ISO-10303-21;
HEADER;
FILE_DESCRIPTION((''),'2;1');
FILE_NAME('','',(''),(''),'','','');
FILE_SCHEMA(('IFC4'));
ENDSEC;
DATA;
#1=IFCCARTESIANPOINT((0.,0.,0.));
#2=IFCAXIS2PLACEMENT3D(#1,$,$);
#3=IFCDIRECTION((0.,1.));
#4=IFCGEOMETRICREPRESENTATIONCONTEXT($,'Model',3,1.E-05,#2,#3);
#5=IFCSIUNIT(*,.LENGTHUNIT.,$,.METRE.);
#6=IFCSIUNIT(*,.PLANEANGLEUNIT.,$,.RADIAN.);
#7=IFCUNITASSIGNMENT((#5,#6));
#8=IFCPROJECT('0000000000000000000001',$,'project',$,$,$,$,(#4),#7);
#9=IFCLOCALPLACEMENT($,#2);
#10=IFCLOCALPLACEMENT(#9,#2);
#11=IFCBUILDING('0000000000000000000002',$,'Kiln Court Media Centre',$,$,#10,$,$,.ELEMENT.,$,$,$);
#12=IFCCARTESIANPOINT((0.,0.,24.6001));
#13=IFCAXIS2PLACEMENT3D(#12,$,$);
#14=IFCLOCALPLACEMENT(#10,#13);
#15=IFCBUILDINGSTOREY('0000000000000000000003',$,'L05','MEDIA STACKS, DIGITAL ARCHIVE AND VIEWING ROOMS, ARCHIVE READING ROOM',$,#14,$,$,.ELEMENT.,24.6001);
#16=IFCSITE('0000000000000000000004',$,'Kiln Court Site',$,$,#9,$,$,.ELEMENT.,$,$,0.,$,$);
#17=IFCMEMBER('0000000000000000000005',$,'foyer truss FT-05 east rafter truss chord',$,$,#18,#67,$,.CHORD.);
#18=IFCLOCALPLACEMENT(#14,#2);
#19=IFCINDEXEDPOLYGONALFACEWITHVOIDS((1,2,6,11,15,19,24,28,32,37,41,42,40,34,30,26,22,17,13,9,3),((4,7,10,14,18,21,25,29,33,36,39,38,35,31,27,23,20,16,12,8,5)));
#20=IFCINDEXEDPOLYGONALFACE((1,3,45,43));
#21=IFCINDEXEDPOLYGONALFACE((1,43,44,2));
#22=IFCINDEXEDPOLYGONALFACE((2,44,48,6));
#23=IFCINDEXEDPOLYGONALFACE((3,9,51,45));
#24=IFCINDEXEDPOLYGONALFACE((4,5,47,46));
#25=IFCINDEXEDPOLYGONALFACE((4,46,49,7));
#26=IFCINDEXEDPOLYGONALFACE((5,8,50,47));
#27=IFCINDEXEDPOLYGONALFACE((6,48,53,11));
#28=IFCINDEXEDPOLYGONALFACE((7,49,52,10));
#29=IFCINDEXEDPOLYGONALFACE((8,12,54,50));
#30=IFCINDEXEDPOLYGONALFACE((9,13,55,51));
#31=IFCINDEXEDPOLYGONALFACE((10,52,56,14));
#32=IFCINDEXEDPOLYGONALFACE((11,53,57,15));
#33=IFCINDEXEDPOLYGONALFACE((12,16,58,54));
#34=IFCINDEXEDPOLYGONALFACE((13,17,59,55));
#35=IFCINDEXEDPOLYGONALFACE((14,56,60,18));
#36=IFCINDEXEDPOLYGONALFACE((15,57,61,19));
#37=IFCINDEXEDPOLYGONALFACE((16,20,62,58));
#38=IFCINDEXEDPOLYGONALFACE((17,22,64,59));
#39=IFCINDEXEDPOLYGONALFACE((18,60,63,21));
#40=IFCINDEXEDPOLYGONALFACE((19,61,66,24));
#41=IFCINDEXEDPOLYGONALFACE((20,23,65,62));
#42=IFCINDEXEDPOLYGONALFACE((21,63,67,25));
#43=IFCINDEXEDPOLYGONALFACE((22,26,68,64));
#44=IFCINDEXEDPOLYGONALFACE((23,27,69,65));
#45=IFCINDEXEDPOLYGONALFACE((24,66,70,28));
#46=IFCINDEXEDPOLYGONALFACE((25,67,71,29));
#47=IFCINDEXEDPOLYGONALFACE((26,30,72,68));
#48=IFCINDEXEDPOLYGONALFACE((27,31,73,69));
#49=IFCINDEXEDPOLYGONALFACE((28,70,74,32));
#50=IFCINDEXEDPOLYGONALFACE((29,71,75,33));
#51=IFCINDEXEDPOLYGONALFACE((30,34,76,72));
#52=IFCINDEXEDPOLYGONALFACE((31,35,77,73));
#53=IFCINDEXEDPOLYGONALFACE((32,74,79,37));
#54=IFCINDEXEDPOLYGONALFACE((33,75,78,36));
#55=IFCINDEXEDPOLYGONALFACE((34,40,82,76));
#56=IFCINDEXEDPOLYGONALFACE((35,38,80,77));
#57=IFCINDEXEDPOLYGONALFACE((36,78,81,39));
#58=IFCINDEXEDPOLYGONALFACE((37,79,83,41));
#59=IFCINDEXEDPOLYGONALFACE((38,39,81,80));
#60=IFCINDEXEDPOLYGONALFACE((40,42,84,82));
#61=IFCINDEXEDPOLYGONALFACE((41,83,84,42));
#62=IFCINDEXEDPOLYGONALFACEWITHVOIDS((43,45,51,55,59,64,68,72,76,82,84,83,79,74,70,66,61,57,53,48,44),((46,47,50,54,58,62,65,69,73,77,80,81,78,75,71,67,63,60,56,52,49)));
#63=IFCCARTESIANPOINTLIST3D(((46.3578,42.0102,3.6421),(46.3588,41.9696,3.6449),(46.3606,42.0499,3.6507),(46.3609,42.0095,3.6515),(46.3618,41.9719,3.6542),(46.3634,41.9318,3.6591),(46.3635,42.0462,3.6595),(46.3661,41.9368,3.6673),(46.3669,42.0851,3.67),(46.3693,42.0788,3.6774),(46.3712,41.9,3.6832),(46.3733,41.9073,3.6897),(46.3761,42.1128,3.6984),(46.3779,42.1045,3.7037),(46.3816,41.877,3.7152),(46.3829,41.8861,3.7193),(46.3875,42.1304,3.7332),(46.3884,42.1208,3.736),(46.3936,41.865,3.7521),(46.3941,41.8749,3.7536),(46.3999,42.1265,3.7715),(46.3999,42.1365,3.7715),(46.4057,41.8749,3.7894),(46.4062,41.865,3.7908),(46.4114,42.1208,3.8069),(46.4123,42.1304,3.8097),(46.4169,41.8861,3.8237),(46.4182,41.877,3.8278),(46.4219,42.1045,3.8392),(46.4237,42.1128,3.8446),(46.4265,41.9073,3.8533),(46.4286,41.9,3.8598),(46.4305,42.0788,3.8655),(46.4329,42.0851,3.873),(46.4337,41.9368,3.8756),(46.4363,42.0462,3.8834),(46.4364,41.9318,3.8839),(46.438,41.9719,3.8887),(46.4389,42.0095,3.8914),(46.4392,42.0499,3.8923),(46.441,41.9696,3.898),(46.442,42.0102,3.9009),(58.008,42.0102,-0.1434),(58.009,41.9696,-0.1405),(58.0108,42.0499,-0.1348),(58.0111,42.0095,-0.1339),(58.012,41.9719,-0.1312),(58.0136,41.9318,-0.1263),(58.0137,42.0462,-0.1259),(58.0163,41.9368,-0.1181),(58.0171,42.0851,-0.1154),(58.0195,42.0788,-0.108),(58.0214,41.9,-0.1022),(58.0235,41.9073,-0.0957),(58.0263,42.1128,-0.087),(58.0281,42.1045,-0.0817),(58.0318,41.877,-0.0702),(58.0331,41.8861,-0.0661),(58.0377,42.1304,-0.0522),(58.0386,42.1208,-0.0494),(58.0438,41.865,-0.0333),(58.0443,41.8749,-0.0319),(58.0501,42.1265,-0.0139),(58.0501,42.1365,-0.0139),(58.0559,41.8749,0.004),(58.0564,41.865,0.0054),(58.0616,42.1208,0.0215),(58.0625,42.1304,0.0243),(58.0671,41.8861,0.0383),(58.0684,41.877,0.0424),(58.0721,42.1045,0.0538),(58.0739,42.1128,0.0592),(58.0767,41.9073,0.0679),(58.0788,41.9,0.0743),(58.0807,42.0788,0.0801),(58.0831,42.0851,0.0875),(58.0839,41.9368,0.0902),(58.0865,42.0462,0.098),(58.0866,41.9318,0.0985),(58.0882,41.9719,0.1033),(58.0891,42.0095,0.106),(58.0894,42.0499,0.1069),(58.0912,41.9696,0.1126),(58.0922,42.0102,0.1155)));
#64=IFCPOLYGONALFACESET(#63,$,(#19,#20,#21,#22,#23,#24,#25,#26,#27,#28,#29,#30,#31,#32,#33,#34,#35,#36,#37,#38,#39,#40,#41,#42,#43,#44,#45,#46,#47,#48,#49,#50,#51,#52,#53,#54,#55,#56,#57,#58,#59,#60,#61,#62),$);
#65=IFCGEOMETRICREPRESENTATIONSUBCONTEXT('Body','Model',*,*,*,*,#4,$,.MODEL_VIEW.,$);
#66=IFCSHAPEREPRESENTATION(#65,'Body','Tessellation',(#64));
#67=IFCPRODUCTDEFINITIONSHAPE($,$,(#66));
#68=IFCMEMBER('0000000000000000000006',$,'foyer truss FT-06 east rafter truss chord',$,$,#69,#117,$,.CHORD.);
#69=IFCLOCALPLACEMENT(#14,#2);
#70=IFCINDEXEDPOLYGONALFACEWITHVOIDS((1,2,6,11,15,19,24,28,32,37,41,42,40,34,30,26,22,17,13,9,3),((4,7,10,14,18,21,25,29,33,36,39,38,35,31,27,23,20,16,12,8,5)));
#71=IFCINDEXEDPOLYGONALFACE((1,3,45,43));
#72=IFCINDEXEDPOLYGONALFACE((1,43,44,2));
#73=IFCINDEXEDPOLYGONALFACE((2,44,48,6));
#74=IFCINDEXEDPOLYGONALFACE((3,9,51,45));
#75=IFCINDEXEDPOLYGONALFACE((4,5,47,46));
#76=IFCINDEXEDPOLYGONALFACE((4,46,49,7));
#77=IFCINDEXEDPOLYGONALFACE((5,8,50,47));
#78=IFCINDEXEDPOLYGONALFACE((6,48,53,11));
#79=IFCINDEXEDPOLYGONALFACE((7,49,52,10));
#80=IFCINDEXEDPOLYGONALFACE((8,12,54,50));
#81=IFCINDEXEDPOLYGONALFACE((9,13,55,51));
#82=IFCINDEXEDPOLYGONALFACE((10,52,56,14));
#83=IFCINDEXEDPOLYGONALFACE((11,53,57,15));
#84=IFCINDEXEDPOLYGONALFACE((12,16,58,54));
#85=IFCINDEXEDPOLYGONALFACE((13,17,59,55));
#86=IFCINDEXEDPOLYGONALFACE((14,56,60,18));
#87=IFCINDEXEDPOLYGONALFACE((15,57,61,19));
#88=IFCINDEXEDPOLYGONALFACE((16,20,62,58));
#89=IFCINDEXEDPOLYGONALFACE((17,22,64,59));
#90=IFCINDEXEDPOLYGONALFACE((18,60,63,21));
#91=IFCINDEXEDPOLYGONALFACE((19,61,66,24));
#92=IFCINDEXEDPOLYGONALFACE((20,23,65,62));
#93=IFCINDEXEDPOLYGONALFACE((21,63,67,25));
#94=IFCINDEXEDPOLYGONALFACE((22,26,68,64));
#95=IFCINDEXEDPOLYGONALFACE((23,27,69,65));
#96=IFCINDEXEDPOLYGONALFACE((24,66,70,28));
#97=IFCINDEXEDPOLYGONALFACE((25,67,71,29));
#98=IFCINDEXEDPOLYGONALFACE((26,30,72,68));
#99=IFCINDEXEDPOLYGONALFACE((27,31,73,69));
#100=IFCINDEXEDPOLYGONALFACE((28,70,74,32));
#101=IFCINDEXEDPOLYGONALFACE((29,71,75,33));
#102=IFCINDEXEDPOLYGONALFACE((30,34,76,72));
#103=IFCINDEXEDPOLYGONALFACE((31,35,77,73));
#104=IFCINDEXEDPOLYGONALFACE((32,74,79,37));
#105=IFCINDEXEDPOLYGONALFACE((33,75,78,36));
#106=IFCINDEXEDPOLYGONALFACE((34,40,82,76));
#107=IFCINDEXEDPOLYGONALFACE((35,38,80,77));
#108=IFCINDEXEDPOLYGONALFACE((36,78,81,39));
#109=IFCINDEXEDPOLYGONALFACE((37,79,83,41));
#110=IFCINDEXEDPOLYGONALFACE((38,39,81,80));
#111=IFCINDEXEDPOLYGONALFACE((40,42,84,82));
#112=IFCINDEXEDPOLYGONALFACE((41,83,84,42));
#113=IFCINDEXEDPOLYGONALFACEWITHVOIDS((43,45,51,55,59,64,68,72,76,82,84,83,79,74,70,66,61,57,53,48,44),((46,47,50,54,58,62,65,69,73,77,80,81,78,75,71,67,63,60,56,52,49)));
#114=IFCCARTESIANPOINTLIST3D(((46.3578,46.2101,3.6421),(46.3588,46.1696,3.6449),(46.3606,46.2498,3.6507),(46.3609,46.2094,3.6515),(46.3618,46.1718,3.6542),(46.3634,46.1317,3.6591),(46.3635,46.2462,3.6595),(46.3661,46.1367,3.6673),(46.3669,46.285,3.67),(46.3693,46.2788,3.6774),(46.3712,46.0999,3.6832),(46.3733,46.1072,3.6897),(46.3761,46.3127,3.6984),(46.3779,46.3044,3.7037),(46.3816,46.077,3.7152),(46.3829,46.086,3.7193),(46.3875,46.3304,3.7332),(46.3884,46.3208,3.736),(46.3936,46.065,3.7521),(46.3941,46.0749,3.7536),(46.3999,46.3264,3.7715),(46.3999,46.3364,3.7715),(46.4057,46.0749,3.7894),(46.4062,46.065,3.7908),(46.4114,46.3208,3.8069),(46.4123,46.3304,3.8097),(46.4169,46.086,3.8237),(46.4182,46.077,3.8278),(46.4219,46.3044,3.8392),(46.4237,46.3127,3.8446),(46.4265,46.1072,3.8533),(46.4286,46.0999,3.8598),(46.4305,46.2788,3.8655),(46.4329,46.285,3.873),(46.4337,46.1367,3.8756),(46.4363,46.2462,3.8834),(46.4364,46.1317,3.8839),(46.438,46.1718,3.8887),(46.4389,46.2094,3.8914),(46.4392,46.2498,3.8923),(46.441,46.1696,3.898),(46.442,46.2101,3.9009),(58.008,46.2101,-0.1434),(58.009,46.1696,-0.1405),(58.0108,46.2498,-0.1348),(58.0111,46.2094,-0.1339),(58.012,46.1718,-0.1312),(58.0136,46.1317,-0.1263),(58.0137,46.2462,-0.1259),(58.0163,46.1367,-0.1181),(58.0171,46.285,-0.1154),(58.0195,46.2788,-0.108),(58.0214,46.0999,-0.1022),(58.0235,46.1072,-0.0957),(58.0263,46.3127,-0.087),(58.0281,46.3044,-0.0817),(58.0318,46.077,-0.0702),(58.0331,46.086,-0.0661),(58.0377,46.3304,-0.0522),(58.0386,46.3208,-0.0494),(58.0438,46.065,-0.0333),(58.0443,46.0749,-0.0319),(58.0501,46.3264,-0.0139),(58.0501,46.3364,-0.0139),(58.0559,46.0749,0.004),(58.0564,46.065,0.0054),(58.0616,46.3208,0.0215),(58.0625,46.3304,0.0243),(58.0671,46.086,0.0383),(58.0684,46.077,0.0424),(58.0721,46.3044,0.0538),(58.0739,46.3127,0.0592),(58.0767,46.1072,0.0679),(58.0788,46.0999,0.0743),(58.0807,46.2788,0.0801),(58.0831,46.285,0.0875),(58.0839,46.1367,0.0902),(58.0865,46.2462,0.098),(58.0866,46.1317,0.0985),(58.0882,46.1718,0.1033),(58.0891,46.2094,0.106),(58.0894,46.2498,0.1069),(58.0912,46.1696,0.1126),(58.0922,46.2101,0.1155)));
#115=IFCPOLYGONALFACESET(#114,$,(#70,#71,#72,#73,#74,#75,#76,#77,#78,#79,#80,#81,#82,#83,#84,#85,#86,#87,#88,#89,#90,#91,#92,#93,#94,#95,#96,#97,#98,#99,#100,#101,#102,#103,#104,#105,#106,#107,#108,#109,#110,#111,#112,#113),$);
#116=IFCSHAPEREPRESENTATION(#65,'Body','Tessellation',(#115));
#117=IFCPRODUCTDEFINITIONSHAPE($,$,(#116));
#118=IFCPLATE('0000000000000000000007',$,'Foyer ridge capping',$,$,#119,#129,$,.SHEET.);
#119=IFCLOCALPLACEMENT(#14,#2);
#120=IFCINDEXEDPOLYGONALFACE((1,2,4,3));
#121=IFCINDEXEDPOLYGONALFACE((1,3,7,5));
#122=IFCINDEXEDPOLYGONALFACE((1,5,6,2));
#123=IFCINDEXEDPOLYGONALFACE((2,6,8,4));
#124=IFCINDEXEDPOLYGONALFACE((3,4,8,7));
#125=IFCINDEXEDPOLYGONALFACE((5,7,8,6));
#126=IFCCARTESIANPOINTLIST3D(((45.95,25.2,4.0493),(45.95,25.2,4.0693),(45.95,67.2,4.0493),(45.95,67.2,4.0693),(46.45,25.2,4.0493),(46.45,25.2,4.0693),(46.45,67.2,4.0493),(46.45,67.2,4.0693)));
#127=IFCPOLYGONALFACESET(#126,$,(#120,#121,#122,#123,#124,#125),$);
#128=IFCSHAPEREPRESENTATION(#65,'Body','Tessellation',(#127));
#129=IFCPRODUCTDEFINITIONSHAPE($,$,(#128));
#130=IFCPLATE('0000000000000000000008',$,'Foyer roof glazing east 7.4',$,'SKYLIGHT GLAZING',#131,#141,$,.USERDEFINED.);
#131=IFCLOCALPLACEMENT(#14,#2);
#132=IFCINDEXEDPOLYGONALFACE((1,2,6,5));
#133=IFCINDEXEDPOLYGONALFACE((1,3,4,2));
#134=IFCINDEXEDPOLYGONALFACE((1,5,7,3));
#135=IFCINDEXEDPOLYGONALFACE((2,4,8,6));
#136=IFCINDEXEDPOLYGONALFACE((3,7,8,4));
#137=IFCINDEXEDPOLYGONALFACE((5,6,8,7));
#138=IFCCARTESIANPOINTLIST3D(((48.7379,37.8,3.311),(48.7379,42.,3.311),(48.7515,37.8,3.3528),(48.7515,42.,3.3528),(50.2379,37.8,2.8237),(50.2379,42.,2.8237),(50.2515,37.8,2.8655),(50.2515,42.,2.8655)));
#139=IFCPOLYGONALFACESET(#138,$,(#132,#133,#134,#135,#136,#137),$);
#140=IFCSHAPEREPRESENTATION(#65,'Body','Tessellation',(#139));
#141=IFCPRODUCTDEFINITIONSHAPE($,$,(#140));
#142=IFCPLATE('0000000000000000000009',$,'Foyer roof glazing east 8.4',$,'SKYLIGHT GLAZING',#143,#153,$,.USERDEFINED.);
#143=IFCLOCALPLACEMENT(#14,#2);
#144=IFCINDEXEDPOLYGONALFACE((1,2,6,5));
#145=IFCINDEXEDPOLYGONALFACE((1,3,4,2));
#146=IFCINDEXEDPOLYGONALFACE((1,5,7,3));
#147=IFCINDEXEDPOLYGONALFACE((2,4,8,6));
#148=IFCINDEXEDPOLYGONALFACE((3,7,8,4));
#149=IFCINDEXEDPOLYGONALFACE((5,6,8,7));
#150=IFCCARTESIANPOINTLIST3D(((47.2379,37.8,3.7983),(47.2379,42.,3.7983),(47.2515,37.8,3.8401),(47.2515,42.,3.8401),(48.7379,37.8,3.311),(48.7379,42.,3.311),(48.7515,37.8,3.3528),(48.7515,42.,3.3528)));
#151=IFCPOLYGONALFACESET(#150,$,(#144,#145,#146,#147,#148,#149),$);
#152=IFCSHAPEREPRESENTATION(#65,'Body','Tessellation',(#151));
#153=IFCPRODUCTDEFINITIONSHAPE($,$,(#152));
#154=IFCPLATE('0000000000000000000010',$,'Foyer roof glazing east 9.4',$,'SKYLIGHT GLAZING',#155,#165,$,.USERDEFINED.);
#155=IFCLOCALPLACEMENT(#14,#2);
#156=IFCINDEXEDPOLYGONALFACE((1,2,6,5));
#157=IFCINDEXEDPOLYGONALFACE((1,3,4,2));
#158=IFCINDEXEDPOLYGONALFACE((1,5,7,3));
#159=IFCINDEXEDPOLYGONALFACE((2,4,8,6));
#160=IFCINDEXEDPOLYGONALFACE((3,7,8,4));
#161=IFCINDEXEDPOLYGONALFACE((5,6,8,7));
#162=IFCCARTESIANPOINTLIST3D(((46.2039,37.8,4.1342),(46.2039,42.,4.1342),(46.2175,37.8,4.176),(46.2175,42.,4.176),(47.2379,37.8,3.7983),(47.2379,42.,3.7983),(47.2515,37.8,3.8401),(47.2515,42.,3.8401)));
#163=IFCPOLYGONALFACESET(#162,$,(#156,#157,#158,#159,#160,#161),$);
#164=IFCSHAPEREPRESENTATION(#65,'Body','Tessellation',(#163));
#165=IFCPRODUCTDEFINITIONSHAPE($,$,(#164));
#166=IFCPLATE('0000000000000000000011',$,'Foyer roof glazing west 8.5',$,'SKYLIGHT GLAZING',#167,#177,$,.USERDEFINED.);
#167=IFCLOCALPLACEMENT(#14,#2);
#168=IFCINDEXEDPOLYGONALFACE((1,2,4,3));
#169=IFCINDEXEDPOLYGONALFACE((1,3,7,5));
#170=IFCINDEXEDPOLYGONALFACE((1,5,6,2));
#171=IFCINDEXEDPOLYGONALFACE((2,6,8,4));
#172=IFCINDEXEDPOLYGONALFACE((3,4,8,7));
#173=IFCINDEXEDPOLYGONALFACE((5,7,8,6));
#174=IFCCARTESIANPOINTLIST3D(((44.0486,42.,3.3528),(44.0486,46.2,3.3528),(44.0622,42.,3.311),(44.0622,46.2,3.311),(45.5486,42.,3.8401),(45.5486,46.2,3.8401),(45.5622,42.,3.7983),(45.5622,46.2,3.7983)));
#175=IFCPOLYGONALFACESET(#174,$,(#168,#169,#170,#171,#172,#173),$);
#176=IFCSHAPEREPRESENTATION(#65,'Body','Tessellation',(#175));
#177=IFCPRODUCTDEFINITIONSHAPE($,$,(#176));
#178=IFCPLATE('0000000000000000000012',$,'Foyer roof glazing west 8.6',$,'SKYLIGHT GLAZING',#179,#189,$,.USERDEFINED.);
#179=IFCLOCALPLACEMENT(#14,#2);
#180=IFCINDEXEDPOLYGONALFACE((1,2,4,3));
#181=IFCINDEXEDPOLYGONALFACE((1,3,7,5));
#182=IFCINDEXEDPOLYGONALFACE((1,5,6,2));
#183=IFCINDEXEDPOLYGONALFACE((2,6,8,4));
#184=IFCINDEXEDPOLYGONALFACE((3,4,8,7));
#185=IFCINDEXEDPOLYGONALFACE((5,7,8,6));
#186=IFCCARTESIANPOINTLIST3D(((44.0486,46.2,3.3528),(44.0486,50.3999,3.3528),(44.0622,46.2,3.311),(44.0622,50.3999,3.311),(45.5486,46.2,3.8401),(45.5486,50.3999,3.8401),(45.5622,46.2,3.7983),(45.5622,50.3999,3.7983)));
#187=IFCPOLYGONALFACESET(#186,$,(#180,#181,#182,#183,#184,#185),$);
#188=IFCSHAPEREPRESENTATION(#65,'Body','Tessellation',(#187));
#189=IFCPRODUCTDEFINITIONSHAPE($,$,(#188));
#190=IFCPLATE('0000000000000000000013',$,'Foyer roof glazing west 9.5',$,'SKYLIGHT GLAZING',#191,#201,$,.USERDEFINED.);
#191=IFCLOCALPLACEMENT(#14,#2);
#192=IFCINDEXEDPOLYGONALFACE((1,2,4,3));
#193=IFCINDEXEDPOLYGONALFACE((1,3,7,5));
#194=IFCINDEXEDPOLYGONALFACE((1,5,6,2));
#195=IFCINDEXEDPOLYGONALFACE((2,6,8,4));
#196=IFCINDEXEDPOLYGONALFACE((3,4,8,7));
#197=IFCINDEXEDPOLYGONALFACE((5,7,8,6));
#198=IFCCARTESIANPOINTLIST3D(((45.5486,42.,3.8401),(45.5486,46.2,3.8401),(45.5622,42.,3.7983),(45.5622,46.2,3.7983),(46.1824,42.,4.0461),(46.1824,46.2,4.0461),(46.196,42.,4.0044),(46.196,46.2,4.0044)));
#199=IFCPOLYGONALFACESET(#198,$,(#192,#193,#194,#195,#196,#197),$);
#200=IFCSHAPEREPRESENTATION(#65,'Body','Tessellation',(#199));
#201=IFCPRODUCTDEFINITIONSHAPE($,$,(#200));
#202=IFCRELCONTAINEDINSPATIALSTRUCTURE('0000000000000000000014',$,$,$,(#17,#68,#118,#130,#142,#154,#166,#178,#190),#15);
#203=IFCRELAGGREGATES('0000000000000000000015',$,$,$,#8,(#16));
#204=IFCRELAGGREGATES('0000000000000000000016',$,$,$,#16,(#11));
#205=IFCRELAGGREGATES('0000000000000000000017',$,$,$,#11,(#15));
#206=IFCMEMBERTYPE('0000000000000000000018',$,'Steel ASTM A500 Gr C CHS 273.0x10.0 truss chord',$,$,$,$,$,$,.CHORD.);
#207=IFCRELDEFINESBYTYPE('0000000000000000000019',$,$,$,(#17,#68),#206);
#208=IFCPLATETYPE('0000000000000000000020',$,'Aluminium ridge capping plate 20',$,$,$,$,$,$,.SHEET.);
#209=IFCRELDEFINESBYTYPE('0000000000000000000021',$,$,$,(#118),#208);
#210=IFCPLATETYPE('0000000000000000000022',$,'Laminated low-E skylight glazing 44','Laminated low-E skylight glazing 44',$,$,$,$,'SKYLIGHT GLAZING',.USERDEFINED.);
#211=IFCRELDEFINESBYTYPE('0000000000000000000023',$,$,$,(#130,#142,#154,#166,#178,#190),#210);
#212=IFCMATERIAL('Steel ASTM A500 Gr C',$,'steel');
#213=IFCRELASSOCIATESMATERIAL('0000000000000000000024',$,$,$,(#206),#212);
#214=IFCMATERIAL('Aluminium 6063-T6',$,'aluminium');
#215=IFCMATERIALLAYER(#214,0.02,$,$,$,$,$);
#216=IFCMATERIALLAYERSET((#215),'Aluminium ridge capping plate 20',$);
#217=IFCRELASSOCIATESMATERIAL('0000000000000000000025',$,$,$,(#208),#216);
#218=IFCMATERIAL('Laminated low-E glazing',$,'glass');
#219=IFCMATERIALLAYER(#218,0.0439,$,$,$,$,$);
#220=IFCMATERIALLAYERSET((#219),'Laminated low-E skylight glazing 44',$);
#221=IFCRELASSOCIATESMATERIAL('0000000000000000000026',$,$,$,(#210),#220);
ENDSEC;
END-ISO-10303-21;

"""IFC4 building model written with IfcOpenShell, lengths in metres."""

from ifc_helpers import new_model, si_unit, direction, frame, origin, origin_2d, place, context, subcontext, project, spatial, polyline, rectangle, hollow_circle, outline, extrude, material, layer, layer_set, material_profile, profile_set, type_object, element, save


model = new_model("IFC4")

# Units and contexts
model_context = context("Model", 3, precision=1e-05, world=origin(), true_north=direction((0.0, 1.0)))
body_context = subcontext(model_context, "Body", "Model", "MODEL_VIEW")
ifc_project = project(units=[si_unit("LENGTHUNIT", "METRE"), si_unit("PLANEANGLEUNIT", "RADIAN")], contexts=[model_context])

# Site, building, storey
site_placement = place(None, origin())
site = spatial("IfcSite", under=ifc_project, at=site_placement, Name="Kiln Court Site", CompositionType="ELEMENT", RefElevation=0.0)
building_placement = place(site_placement, origin())
building = spatial("IfcBuilding", under=site, at=building_placement, Name="Kiln Court Media Centre", CompositionType="ELEMENT")
storey_placement = place(building_placement, frame((0.0, 0.0, 24.6001)))
storey = spatial("IfcBuildingStorey", under=building, at=storey_placement, Name="L05", Description="MEDIA STACKS, DIGITAL ARCHIVE AND VIEWING ROOMS, ARCHIVE READING ROOM", CompositionType="ELEMENT", Elevation=24.6001)

# Members
ifc_material_1 = material(Name="Steel ASTM A500 Gr C", Category="steel")
ifc_material_profile_1 = material_profile(ifc_material_1, hollow_circle(Radius=0.1365, WallThickness=0.01, at=origin_2d()), Name="CHS 273.0x10.0")
ifc_profile_set_1 = profile_set([ifc_material_profile_1], Name="Steel ASTM A500 Gr C")
member_type_1 = type_object("IfcMemberType", Name="Steel ASTM A500 Gr C CHS 273.0x10.0 truss chord", PredefinedType="CHORD", material=ifc_profile_set_1)
for number, where, z_axis, x_axis, name in (
    (1, (46.3999, 42.0, 3.7715), (0.951056, 0.0, -0.30902), (0.0, 1.0, 0.0), "foyer truss FT-05 east rafter truss chord"),
    (2, (46.3999, 46.2, 3.7715), (0.951056, 0.0, -0.30902), (0.0, 1.0, 0.0), "foyer truss FT-06 east rafter truss chord"),
):
    element("IfcMember", number, at=place(storey_placement, frame(where, z_axis=z_axis, x_axis=x_axis)), inside=storey, type_object=member_type_1, Name=name, PredefinedType="CHORD", context=body_context, shape_type="SweptSolid", body=[
        extrude(hollow_circle(Radius=0.1365, WallThickness=0.01, at=origin_2d()), origin(), (0.0, 0.0, 1.0), 12.2498),
    ])

# Plates
ifc_material_2 = material(Name="Aluminium 6063-T6", Category="aluminium")
ifc_layer_1 = layer(ifc_material_2, 0.02)
ifc_layer_set_1 = layer_set([ifc_layer_1], Name="Aluminium ridge capping plate 20")
plate_type_1 = type_object("IfcPlateType", Name="Aluminium ridge capping plate 20", PredefinedType="SHEET", material=ifc_layer_set_1)
plate_1_placement = place(storey_placement, frame((46.2, 46.2, 4.0493), z_axis=(0.0, 0.0, 1.0), x_axis=(1.0, 0.0, 0.0)))
element("IfcPlate", 3, at=plate_1_placement, inside=storey, type_object=plate_type_1, Name="Foyer ridge capping", PredefinedType="SHEET", context=body_context, shape_type="SweptSolid", body=[
    extrude(rectangle(XDim=0.5, YDim=42.0, at=origin_2d()), origin(), (0.0, 0.0, 1.0), 0.02),
])
ifc_material_3 = material(Name="Laminated low-E glazing", Category="glass")
ifc_layer_2 = layer(ifc_material_3, 0.0439)
ifc_layer_set_2 = layer_set([ifc_layer_2], Name="Laminated low-E skylight glazing 44")
plate_type_2 = type_object("IfcPlateType", Name="Laminated low-E skylight glazing 44", Description="Laminated low-E skylight glazing 44", ElementType="SKYLIGHT GLAZING", PredefinedType="USERDEFINED", material=ifc_layer_set_2)
for number, where, z_axis, x_axis, name in (
    (4, (50.2515, 42.0, 2.8655), (0.308974, 0.0, 0.95107), (-0.95107, 0.0, 0.308974), "Foyer roof glazing east 7.4"),
    (5, (48.7515, 42.0, 3.3528), (0.308974, 0.0, 0.95107), (-0.95107, 0.0, 0.308974), "Foyer roof glazing east 8.4"),
):
    element("IfcPlate", number, at=place(storey_placement, frame(where, z_axis=z_axis, x_axis=x_axis)), inside=storey, type_object=plate_type_2, Name=name, ObjectType="SKYLIGHT GLAZING", PredefinedType="USERDEFINED", context=body_context, shape_type="SweptSolid", body=[
        extrude(outline(polyline([(0.0, 0.0), (1.5772, 0.0), (1.5772, 4.2), (0.0, 4.2), (0.0, 0.0)])), origin(), (0.0, 0.0, -1.0), 0.0439),
    ])
plate_2_placement = place(storey_placement, frame((47.2515, 42.0, 3.8401), z_axis=(0.30901, 0.0, 0.951059), x_axis=(-0.951059, 0.0, 0.30901)))
element("IfcPlate", 6, at=plate_2_placement, inside=storey, type_object=plate_type_2, Name="Foyer roof glazing east 9.4", ObjectType="SKYLIGHT GLAZING", PredefinedType="USERDEFINED", context=body_context, shape_type="SweptSolid", body=[
    extrude(outline(polyline([(0.0, 0.0), (1.0871, 0.0), (1.0871, 4.2), (0.0, 4.2), (0.0, 0.0)])), origin(), (0.0, 0.0, -1.0), 0.0439),
])
for number, where, z_axis, x_axis, name in (
    (7, (44.0486, 42.0, 3.3528), (-0.308974, 0.0, 0.95107), (0.95107, 0.0, 0.308974), "Foyer roof glazing west 8.5"),
    (8, (44.0486, 46.2, 3.3528), (-0.308974, 0.0, 0.95107), (0.95107, 0.0, 0.308974), "Foyer roof glazing west 8.6"),
):
    element("IfcPlate", number, at=place(storey_placement, frame(where, z_axis=z_axis, x_axis=x_axis)), inside=storey, type_object=plate_type_2, Name=name, ObjectType="SKYLIGHT GLAZING", PredefinedType="USERDEFINED", context=body_context, shape_type="SweptSolid", body=[
        extrude(outline(polyline([(0.0, 0.0), (1.5772, 0.0), (1.5772, 4.2), (0.0, 4.2), (0.0, 0.0)])), origin(), (0.0, 0.0, -1.0), 0.0439),
    ])
for number, where, z_axis, x_axis, name in (
    (9, (45.5486, 42.0, 3.8401), (-0.309185, 0.0, 0.951002), (0.951002, 0.0, 0.309185), "Foyer roof glazing west 9.5"),
):
    element("IfcPlate", number, at=place(storey_placement, frame(where, z_axis=z_axis, x_axis=x_axis)), inside=storey, type_object=plate_type_2, Name=name, ObjectType="SKYLIGHT GLAZING", PredefinedType="USERDEFINED", context=body_context, shape_type="SweptSolid", body=[
        extrude(outline(polyline([(0.0, 0.0), (0.6664, 0.0), (0.6664, 4.2), (0.0, 4.2), (0.0, 0.0)])), origin(), (0.0, 0.0, -1.0), 0.0439),
    ])

save(model, "model.ifc")
